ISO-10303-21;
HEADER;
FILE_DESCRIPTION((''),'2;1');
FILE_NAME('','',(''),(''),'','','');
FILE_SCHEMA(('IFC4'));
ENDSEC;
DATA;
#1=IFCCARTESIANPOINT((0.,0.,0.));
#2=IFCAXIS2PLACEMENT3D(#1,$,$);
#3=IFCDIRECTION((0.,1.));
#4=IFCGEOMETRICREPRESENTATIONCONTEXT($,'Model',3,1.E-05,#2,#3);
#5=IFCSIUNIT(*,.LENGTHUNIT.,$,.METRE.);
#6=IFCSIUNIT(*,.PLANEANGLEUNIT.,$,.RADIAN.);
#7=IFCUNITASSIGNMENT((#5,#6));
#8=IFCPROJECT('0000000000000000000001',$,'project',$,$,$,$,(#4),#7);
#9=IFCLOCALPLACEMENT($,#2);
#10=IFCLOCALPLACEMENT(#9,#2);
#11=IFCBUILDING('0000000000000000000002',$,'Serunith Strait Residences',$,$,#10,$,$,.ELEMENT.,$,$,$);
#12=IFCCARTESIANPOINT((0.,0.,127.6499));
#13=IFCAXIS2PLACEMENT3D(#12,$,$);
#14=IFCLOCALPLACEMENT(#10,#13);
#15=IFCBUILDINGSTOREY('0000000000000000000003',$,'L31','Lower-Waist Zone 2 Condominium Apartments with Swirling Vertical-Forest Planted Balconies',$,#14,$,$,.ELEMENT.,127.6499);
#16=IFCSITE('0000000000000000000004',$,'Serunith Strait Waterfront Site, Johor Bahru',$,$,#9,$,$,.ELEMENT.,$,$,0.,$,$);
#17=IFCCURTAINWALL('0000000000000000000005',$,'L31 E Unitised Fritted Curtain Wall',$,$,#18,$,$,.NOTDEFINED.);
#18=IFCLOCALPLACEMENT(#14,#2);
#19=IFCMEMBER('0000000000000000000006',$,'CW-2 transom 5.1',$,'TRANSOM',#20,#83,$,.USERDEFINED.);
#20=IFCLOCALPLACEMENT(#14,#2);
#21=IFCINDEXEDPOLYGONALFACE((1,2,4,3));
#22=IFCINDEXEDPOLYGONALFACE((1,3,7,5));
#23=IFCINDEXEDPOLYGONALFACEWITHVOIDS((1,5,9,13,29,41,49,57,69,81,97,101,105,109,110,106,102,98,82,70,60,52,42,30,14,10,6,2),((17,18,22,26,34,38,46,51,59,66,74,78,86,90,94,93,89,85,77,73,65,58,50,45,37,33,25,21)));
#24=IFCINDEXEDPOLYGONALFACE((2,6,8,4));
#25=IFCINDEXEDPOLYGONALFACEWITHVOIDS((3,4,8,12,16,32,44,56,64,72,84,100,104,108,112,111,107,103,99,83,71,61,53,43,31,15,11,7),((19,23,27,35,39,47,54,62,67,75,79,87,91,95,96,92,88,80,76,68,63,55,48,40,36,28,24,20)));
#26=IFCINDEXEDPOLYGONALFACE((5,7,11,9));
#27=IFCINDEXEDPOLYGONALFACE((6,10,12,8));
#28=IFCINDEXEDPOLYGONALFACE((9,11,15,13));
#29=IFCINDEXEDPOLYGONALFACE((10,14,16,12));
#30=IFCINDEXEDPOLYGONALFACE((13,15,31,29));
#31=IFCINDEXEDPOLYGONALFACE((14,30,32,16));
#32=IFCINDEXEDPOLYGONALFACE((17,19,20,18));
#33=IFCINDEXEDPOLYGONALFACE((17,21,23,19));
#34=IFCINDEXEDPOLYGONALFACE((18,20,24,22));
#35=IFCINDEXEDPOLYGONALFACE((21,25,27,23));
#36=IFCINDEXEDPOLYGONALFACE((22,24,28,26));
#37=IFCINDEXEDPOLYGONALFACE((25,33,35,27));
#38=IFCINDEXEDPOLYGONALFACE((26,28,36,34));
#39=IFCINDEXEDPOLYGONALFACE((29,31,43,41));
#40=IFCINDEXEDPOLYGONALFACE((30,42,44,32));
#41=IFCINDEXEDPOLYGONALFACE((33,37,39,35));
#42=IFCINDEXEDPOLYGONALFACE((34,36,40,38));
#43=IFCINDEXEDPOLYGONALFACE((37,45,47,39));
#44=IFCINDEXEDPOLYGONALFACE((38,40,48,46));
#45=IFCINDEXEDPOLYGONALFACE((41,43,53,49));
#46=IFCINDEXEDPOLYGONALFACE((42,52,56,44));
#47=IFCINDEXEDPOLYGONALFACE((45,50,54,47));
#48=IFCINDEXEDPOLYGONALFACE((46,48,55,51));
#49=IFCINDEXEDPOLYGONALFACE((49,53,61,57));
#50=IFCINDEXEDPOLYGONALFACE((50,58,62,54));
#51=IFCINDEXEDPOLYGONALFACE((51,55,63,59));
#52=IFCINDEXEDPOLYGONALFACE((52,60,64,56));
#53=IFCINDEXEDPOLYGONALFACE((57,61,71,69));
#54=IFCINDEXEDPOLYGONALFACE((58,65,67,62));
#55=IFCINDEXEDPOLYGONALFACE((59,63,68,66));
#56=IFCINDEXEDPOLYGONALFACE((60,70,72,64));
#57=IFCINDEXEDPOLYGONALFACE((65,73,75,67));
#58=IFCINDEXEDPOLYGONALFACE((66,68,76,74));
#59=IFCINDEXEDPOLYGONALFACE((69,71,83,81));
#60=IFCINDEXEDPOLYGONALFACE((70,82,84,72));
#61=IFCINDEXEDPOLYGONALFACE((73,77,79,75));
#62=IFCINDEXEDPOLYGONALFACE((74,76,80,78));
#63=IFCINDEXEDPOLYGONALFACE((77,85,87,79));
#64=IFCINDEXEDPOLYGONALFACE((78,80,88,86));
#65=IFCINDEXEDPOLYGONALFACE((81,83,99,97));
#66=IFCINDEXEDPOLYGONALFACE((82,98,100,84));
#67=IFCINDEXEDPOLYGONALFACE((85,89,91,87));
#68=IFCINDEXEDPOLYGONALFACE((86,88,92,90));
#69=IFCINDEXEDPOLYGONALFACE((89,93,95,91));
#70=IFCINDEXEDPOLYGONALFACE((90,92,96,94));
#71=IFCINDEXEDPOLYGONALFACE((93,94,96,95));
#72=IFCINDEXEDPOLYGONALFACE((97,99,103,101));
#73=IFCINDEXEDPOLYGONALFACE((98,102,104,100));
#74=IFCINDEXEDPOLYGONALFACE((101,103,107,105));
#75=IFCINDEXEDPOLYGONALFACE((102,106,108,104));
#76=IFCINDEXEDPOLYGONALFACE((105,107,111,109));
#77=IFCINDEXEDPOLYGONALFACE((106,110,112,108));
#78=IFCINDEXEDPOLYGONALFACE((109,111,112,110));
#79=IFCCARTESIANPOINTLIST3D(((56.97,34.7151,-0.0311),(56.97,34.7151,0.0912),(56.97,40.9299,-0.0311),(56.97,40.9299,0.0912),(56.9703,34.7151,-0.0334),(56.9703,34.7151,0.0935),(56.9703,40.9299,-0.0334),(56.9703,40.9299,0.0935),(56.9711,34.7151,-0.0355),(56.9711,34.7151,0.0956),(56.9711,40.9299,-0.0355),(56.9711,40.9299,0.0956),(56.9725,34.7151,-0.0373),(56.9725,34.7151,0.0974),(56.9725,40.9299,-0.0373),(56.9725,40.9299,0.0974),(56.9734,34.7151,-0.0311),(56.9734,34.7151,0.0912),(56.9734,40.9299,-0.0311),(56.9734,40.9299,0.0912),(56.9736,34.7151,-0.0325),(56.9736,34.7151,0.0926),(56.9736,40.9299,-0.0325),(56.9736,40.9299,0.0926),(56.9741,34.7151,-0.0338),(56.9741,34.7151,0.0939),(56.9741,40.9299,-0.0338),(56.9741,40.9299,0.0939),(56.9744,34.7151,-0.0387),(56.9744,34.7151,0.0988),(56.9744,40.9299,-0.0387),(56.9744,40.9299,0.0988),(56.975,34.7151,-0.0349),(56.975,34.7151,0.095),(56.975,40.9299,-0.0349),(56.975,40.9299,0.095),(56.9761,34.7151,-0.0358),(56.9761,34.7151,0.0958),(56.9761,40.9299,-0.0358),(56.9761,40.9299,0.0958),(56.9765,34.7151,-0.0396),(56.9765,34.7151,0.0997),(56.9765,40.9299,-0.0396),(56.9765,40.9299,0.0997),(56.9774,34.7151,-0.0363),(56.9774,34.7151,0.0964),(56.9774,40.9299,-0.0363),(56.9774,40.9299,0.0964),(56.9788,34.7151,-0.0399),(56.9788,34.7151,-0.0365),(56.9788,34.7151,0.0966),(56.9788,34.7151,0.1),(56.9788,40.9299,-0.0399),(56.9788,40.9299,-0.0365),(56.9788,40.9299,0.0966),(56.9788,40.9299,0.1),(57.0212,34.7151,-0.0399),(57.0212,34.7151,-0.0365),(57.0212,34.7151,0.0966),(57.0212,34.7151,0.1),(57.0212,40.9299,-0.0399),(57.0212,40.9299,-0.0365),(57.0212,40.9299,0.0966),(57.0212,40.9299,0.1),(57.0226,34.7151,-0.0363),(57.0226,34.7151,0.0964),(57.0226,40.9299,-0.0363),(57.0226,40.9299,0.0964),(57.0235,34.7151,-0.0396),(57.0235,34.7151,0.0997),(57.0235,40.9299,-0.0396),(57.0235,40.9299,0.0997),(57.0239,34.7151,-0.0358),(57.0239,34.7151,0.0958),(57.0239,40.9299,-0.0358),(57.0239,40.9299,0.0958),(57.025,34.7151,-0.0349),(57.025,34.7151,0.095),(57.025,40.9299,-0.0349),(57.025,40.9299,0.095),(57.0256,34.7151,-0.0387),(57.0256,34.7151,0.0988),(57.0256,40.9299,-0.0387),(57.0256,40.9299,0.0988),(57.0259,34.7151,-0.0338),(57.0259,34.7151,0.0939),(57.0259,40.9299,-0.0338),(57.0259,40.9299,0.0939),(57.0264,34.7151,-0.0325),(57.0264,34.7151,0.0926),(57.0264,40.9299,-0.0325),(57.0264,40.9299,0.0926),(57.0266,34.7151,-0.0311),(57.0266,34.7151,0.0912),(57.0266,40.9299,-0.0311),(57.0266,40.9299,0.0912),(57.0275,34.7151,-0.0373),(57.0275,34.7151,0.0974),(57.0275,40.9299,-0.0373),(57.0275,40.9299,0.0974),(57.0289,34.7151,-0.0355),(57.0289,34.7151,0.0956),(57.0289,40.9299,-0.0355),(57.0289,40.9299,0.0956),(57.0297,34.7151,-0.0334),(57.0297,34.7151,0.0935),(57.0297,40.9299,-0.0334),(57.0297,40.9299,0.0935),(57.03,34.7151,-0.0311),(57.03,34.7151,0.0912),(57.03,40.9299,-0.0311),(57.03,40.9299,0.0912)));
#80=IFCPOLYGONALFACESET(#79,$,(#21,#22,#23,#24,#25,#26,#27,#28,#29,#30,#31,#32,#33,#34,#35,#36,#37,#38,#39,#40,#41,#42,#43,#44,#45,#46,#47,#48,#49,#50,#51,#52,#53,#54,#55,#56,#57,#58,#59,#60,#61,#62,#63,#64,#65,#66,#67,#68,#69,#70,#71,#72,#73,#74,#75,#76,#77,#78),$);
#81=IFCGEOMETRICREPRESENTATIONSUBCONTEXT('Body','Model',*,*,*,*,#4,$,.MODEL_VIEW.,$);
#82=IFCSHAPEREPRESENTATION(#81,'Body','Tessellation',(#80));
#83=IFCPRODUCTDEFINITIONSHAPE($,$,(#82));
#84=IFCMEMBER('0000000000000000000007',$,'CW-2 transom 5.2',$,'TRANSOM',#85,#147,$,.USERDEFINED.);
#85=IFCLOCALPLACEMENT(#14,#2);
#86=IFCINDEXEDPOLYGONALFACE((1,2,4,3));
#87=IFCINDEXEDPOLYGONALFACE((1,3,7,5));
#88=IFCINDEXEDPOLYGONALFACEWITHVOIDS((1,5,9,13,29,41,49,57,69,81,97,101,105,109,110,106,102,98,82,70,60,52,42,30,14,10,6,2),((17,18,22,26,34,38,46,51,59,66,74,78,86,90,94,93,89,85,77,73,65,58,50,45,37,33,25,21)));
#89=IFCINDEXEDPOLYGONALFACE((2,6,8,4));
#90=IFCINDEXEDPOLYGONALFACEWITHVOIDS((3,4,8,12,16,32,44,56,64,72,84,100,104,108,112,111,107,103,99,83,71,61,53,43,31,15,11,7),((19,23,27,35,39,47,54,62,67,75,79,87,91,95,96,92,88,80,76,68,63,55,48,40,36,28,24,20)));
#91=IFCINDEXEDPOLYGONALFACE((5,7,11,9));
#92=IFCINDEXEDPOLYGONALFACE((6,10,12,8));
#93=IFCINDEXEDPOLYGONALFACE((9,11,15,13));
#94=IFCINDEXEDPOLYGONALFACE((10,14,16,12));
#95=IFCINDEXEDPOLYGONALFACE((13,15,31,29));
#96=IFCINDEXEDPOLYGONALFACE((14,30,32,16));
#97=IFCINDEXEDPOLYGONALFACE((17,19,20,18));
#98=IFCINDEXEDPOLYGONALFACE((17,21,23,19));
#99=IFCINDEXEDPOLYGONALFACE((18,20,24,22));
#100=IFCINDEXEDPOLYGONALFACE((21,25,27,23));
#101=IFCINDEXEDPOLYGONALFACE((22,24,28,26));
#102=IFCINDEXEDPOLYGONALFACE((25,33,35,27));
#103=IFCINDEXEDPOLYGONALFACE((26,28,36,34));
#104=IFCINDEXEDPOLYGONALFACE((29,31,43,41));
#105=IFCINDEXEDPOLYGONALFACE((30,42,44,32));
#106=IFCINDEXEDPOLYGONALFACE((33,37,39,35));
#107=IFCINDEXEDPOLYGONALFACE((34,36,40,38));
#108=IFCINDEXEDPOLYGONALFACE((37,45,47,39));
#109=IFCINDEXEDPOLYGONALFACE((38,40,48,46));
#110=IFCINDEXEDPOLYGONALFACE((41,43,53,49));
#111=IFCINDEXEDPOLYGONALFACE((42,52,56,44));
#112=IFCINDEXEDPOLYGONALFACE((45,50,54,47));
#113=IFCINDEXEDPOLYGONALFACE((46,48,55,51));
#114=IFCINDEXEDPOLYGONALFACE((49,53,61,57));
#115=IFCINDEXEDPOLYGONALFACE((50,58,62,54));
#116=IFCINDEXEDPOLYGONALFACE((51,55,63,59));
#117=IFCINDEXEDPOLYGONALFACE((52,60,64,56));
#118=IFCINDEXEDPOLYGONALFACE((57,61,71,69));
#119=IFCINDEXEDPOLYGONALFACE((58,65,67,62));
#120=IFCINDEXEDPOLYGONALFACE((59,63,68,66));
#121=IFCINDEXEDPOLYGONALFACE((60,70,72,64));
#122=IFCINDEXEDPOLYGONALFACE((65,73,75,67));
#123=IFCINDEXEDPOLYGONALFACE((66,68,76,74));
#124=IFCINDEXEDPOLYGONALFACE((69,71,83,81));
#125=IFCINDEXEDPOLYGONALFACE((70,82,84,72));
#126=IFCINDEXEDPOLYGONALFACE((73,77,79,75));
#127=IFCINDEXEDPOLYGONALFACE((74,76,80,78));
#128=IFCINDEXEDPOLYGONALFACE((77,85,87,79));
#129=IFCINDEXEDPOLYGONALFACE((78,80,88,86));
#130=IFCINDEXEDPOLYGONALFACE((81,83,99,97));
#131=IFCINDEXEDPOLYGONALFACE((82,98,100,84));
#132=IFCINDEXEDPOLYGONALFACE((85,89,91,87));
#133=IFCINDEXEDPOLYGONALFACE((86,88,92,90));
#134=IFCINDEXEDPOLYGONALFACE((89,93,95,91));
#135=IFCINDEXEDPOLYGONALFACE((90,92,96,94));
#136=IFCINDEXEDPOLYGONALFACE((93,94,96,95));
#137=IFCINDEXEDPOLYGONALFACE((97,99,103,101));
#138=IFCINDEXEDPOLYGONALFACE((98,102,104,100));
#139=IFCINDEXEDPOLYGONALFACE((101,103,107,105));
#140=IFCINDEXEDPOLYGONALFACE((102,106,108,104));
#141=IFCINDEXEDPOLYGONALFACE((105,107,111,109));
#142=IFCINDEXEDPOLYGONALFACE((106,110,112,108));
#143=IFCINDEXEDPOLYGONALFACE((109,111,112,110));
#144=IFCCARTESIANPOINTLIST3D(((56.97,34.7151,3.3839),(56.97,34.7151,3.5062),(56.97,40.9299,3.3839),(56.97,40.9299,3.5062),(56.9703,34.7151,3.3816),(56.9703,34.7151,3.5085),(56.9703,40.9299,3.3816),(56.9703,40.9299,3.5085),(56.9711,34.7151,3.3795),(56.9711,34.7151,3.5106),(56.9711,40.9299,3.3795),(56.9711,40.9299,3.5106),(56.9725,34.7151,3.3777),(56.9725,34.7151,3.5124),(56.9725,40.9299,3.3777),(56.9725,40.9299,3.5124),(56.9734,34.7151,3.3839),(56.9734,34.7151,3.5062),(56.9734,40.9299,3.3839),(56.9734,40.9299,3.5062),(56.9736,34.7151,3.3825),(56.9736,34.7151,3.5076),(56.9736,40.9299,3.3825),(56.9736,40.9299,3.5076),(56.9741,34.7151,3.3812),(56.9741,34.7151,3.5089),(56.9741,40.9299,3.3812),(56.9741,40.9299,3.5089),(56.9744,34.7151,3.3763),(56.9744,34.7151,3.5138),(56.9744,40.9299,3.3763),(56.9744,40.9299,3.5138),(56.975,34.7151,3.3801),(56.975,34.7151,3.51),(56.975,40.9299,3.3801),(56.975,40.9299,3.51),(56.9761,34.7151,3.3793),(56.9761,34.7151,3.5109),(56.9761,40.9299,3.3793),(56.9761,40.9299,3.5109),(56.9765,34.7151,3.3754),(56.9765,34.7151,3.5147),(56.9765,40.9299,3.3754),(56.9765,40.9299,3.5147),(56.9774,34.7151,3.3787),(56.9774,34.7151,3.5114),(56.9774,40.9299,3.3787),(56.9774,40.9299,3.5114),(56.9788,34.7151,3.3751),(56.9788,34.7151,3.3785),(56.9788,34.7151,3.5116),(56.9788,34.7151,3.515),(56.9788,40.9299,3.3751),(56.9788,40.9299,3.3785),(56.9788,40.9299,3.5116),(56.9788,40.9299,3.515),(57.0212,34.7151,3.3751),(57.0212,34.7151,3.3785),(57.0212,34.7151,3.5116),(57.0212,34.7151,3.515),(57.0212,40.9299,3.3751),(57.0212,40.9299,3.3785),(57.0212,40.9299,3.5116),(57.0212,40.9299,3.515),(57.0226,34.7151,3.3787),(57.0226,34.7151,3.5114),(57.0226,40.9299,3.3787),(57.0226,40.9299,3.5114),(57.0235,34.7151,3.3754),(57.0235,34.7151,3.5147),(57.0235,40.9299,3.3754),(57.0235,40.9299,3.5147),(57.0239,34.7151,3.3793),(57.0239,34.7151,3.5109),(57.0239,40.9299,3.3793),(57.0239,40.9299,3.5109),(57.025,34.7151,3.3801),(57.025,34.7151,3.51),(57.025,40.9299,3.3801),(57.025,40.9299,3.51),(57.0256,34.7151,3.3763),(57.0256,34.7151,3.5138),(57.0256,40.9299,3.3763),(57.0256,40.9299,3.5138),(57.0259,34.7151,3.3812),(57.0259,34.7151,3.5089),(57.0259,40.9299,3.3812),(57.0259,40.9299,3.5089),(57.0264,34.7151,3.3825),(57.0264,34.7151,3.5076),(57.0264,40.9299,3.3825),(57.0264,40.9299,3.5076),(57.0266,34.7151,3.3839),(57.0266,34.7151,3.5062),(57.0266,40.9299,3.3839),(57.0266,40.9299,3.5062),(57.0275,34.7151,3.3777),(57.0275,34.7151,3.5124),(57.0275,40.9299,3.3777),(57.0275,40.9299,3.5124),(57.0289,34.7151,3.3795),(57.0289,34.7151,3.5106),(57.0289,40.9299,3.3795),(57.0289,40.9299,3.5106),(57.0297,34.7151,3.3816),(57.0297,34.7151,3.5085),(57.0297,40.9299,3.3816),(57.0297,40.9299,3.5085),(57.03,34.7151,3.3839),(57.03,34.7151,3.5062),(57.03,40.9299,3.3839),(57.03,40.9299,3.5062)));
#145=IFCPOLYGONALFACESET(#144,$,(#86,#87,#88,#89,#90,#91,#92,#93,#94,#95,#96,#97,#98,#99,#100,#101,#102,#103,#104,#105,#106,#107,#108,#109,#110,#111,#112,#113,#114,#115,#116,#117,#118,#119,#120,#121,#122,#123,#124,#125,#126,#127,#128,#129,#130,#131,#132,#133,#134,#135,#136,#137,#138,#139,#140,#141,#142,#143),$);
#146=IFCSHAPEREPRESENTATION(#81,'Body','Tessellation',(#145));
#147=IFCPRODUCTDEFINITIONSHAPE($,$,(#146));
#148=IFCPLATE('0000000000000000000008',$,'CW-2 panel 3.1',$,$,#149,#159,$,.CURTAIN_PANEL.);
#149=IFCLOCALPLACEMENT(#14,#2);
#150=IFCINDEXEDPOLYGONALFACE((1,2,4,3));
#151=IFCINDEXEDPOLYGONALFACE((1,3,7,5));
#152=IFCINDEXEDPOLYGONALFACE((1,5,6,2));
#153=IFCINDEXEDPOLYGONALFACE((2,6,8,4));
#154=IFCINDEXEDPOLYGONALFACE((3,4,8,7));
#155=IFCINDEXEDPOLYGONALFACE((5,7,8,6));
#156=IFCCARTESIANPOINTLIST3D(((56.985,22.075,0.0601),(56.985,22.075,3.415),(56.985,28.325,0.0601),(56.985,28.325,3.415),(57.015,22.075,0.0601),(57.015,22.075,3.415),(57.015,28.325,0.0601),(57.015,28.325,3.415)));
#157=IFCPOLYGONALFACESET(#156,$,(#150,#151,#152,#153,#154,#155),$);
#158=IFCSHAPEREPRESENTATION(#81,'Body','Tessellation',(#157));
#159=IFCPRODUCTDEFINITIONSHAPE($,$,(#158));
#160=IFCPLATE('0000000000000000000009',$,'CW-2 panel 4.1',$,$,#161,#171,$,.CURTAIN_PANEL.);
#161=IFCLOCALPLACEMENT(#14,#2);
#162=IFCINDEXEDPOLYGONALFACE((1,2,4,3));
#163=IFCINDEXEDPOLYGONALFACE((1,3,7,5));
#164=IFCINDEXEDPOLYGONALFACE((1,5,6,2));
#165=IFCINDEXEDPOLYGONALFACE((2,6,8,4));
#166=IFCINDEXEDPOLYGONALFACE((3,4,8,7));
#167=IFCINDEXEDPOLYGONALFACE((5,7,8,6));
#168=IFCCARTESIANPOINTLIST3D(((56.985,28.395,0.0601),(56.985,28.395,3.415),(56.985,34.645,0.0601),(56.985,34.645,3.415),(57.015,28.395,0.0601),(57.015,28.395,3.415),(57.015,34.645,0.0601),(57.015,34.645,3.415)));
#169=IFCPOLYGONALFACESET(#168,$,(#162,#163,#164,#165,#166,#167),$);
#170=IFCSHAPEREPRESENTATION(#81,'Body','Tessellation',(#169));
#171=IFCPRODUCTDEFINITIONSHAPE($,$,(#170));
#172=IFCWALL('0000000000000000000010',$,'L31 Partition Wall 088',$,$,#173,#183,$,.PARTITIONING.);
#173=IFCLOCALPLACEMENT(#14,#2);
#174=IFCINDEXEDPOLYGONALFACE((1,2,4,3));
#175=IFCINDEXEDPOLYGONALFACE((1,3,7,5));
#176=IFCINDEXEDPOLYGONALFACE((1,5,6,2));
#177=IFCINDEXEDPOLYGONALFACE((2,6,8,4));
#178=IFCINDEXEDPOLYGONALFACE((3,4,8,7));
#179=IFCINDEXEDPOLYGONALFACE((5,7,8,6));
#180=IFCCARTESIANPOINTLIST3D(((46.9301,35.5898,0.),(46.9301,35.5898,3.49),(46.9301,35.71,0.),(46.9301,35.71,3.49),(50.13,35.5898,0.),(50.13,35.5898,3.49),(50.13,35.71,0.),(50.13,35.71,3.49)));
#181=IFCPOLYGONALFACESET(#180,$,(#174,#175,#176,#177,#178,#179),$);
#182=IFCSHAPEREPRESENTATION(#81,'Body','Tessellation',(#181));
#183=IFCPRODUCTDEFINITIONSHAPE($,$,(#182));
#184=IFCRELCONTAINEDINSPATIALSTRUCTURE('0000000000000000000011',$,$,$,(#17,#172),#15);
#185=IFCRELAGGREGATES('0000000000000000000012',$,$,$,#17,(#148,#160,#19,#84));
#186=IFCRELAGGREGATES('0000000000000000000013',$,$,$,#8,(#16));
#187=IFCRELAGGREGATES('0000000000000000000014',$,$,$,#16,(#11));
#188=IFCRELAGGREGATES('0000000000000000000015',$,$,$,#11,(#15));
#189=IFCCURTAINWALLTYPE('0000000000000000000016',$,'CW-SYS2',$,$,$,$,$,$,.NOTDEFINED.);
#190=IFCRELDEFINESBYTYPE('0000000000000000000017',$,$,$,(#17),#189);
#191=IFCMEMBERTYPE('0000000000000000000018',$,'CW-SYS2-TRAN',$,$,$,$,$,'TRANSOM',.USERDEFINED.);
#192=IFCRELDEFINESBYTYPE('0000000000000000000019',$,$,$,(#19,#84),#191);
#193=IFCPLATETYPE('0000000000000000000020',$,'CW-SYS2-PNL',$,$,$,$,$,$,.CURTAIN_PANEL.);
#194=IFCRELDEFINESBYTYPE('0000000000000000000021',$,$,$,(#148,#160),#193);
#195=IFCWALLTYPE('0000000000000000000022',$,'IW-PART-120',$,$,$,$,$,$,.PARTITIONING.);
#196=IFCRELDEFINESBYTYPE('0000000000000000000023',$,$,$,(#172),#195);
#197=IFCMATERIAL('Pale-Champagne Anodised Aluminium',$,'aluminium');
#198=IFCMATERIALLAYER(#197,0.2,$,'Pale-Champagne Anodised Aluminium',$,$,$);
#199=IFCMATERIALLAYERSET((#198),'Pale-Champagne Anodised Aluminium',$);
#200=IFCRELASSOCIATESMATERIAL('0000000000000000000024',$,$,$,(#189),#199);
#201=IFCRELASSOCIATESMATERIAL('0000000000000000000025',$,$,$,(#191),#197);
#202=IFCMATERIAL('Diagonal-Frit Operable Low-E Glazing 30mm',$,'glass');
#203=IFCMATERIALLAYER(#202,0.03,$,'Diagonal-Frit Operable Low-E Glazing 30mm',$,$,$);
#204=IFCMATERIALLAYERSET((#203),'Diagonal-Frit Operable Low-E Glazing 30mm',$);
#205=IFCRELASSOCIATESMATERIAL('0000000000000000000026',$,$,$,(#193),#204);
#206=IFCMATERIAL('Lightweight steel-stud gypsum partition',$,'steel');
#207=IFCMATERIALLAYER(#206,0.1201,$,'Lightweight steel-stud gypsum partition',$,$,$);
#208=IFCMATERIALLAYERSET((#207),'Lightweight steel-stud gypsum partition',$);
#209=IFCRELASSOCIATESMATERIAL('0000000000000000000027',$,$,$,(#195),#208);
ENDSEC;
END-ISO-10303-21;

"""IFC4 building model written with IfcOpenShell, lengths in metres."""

from ifc_helpers import new_model, si_unit, direction, frame, frame_2d, origin, origin_2d, place, context, subcontext, project, spatial, rectangle, hollow_rectangle, extrude, source, transform, mapped, material, layer, layer_set, material_profile, profile_set, type_object, element, aggregate, save


model = new_model("IFC4")

# Units and contexts
model_context = context("Model", 3, precision=1e-05, world=origin(), true_north=direction((0.0, 1.0)))
body_context = subcontext(model_context, "Body", "Model", "MODEL_VIEW")
ifc_project = project(units=[si_unit("LENGTHUNIT", "METRE"), si_unit("PLANEANGLEUNIT", "RADIAN")], contexts=[model_context])

# Site, building, storey
site_placement = place(None, origin())
site = spatial("IfcSite", under=ifc_project, at=site_placement, Name="Serunith Strait Waterfront Site, Johor Bahru", CompositionType="ELEMENT", RefElevation=0.0)
building_placement = place(site_placement, origin())
building = spatial("IfcBuilding", under=site, at=building_placement, Name="Serunith Strait Residences", CompositionType="ELEMENT")
storey_placement = place(building_placement, frame((0.0, 0.0, 127.6499)))
storey = spatial("IfcBuildingStorey", under=building, at=storey_placement, Name="L31", Description="Lower-Waist Zone 2 Condominium Apartments with Swirling Vertical-Forest Planted Balconies", CompositionType="ELEMENT", Elevation=127.6499)

# Curtain wall, members, plates
ifc_material_1 = material(Name="Pale-Champagne Anodised Aluminium", Category="aluminium")
ifc_layer_1 = layer(ifc_material_1, 0.2, Name="Pale-Champagne Anodised Aluminium")
ifc_layer_set_1 = layer_set([ifc_layer_1], Name="Pale-Champagne Anodised Aluminium")
curtain_wall_type = type_object("IfcCurtainWallType", Name="CW-SYS2", PredefinedType="NOTDEFINED", material=ifc_layer_set_1)
curtain_wall_placement = place(storey_placement, origin())
curtain_wall = element("IfcCurtainWall", 1, at=curtain_wall_placement, inside=storey, type_object=curtain_wall_type, Name="L31 E Unitised Fritted Curtain Wall", PredefinedType="NOTDEFINED")
ifc_material_profile_1 = material_profile(ifc_material_1, hollow_rectangle(XDim=0.0601, YDim=0.1399, WallThickness=0.0034, InnerFilletRadius=0.0054, OuterFilletRadius=0.0088, at=origin_2d()), Name="ALU 140x60x3.5")
ifc_profile_set_1 = profile_set([ifc_material_profile_1], Name="Pale-Champagne Anodised Aluminium")
member_type_1 = type_object("IfcMemberType", Name="CW-SYS2-TRAN", ElementType="TRANSOM", PredefinedType="USERDEFINED", material=ifc_profile_set_1)
shared_shape_1 = source(origin(), body_context, "Body", "SweptSolid", [
    extrude(hollow_rectangle(XDim=0.0601, YDim=0.1399, WallThickness=0.0034, InnerFilletRadius=0.0054, OuterFilletRadius=0.0088, at=origin_2d()), origin(), (0.0, 0.0, 1.0), 6.2148),
])
member_1_placement = place(storey_placement, frame((57.0, 34.7151, 0.03), z_axis=(0.0, 1.0, 0.0), x_axis=(-1.0, 0.0, 0.0)))
member_1 = element("IfcMember", 2, at=member_1_placement, type_object=member_type_1, Name="CW-2 transom 5.1", ObjectType="TRANSOM", PredefinedType="USERDEFINED", context=body_context, shape_type="MappedRepresentation", body=[
    mapped(shared_shape_1, transform((0.0, 0.0, 0.0), scale=1.0)),
])
member_2_placement = place(storey_placement, frame((57.0, 34.7151, 3.4451), z_axis=(0.0, 1.0, 0.0), x_axis=(-1.0, 0.0, 0.0)))
member_2 = element("IfcMember", 3, at=member_2_placement, type_object=member_type_1, Name="CW-2 transom 5.2", ObjectType="TRANSOM", PredefinedType="USERDEFINED", context=body_context, shape_type="MappedRepresentation", body=[
    mapped(shared_shape_1, transform((0.0, 0.0, 0.0), scale=1.0)),
])
ifc_material_2 = material(Name="Diagonal-Frit Operable Low-E Glazing 30mm", Category="glass")
ifc_layer_2 = layer(ifc_material_2, 0.03, Name="Diagonal-Frit Operable Low-E Glazing 30mm")
ifc_layer_set_2 = layer_set([ifc_layer_2], Name="Diagonal-Frit Operable Low-E Glazing 30mm")
plate_type = type_object("IfcPlateType", Name="CW-SYS2-PNL", PredefinedType="CURTAIN_PANEL", material=ifc_layer_set_2)
shared_shape_2 = source(origin(), body_context, "Body", "SweptSolid", [
    extrude(rectangle(XDim=6.25, YDim=0.03, at=origin_2d()), origin(), (0.0, 0.0, 1.0), 3.355),
])
plate_1_placement = place(storey_placement, frame((57.0, 25.2, 0.0601), z_axis=(0.0, 0.0, 1.0), x_axis=(0.0, 1.0, 0.0)))
plate_1 = element("IfcPlate", 4, at=plate_1_placement, type_object=plate_type, Name="CW-2 panel 3.1", PredefinedType="CURTAIN_PANEL", context=body_context, shape_type="MappedRepresentation", body=[
    mapped(shared_shape_2, transform((0.0, 0.0, 0.0), scale=1.0)),
])
plate_2_placement = place(storey_placement, frame((57.0, 31.52, 0.0601), z_axis=(0.0, 0.0, 1.0), x_axis=(0.0, 1.0, 0.0)))
plate_2 = element("IfcPlate", 5, at=plate_2_placement, type_object=plate_type, Name="CW-2 panel 4.1", PredefinedType="CURTAIN_PANEL", context=body_context, shape_type="MappedRepresentation", body=[
    mapped(shared_shape_2, transform((0.0, 0.0, 0.0), scale=1.0)),
])
aggregate(curtain_wall, [plate_1, plate_2, member_1, member_2])

# Wall
ifc_material_3 = material(Name="Lightweight steel-stud gypsum partition", Category="steel")
ifc_layer_3 = layer(ifc_material_3, 0.1201, Name="Lightweight steel-stud gypsum partition")
ifc_layer_set_3 = layer_set([ifc_layer_3], Name="Lightweight steel-stud gypsum partition")
wall_type_1 = type_object("IfcWallType", Name="IW-PART-120", PredefinedType="PARTITIONING", material=ifc_layer_set_3)
wall_1_placement = place(storey_placement, frame((46.9299, 35.6499, 0.0), z_axis=(0.0, 0.0, 1.0), x_axis=(1.0, 0.0, 0.0)))
element("IfcWall", 6, at=wall_1_placement, inside=storey, type_object=wall_type_1, Name="L31 Partition Wall 088", PredefinedType="PARTITIONING", context=body_context, shape_type="SweptSolid", body=[
    extrude(rectangle(XDim=3.2, YDim=0.1201, at=frame_2d((1.6001, 0.0))), origin(), (0.0, 0.0, 1.0), 3.49),
])

save(model, "model.ifc")
